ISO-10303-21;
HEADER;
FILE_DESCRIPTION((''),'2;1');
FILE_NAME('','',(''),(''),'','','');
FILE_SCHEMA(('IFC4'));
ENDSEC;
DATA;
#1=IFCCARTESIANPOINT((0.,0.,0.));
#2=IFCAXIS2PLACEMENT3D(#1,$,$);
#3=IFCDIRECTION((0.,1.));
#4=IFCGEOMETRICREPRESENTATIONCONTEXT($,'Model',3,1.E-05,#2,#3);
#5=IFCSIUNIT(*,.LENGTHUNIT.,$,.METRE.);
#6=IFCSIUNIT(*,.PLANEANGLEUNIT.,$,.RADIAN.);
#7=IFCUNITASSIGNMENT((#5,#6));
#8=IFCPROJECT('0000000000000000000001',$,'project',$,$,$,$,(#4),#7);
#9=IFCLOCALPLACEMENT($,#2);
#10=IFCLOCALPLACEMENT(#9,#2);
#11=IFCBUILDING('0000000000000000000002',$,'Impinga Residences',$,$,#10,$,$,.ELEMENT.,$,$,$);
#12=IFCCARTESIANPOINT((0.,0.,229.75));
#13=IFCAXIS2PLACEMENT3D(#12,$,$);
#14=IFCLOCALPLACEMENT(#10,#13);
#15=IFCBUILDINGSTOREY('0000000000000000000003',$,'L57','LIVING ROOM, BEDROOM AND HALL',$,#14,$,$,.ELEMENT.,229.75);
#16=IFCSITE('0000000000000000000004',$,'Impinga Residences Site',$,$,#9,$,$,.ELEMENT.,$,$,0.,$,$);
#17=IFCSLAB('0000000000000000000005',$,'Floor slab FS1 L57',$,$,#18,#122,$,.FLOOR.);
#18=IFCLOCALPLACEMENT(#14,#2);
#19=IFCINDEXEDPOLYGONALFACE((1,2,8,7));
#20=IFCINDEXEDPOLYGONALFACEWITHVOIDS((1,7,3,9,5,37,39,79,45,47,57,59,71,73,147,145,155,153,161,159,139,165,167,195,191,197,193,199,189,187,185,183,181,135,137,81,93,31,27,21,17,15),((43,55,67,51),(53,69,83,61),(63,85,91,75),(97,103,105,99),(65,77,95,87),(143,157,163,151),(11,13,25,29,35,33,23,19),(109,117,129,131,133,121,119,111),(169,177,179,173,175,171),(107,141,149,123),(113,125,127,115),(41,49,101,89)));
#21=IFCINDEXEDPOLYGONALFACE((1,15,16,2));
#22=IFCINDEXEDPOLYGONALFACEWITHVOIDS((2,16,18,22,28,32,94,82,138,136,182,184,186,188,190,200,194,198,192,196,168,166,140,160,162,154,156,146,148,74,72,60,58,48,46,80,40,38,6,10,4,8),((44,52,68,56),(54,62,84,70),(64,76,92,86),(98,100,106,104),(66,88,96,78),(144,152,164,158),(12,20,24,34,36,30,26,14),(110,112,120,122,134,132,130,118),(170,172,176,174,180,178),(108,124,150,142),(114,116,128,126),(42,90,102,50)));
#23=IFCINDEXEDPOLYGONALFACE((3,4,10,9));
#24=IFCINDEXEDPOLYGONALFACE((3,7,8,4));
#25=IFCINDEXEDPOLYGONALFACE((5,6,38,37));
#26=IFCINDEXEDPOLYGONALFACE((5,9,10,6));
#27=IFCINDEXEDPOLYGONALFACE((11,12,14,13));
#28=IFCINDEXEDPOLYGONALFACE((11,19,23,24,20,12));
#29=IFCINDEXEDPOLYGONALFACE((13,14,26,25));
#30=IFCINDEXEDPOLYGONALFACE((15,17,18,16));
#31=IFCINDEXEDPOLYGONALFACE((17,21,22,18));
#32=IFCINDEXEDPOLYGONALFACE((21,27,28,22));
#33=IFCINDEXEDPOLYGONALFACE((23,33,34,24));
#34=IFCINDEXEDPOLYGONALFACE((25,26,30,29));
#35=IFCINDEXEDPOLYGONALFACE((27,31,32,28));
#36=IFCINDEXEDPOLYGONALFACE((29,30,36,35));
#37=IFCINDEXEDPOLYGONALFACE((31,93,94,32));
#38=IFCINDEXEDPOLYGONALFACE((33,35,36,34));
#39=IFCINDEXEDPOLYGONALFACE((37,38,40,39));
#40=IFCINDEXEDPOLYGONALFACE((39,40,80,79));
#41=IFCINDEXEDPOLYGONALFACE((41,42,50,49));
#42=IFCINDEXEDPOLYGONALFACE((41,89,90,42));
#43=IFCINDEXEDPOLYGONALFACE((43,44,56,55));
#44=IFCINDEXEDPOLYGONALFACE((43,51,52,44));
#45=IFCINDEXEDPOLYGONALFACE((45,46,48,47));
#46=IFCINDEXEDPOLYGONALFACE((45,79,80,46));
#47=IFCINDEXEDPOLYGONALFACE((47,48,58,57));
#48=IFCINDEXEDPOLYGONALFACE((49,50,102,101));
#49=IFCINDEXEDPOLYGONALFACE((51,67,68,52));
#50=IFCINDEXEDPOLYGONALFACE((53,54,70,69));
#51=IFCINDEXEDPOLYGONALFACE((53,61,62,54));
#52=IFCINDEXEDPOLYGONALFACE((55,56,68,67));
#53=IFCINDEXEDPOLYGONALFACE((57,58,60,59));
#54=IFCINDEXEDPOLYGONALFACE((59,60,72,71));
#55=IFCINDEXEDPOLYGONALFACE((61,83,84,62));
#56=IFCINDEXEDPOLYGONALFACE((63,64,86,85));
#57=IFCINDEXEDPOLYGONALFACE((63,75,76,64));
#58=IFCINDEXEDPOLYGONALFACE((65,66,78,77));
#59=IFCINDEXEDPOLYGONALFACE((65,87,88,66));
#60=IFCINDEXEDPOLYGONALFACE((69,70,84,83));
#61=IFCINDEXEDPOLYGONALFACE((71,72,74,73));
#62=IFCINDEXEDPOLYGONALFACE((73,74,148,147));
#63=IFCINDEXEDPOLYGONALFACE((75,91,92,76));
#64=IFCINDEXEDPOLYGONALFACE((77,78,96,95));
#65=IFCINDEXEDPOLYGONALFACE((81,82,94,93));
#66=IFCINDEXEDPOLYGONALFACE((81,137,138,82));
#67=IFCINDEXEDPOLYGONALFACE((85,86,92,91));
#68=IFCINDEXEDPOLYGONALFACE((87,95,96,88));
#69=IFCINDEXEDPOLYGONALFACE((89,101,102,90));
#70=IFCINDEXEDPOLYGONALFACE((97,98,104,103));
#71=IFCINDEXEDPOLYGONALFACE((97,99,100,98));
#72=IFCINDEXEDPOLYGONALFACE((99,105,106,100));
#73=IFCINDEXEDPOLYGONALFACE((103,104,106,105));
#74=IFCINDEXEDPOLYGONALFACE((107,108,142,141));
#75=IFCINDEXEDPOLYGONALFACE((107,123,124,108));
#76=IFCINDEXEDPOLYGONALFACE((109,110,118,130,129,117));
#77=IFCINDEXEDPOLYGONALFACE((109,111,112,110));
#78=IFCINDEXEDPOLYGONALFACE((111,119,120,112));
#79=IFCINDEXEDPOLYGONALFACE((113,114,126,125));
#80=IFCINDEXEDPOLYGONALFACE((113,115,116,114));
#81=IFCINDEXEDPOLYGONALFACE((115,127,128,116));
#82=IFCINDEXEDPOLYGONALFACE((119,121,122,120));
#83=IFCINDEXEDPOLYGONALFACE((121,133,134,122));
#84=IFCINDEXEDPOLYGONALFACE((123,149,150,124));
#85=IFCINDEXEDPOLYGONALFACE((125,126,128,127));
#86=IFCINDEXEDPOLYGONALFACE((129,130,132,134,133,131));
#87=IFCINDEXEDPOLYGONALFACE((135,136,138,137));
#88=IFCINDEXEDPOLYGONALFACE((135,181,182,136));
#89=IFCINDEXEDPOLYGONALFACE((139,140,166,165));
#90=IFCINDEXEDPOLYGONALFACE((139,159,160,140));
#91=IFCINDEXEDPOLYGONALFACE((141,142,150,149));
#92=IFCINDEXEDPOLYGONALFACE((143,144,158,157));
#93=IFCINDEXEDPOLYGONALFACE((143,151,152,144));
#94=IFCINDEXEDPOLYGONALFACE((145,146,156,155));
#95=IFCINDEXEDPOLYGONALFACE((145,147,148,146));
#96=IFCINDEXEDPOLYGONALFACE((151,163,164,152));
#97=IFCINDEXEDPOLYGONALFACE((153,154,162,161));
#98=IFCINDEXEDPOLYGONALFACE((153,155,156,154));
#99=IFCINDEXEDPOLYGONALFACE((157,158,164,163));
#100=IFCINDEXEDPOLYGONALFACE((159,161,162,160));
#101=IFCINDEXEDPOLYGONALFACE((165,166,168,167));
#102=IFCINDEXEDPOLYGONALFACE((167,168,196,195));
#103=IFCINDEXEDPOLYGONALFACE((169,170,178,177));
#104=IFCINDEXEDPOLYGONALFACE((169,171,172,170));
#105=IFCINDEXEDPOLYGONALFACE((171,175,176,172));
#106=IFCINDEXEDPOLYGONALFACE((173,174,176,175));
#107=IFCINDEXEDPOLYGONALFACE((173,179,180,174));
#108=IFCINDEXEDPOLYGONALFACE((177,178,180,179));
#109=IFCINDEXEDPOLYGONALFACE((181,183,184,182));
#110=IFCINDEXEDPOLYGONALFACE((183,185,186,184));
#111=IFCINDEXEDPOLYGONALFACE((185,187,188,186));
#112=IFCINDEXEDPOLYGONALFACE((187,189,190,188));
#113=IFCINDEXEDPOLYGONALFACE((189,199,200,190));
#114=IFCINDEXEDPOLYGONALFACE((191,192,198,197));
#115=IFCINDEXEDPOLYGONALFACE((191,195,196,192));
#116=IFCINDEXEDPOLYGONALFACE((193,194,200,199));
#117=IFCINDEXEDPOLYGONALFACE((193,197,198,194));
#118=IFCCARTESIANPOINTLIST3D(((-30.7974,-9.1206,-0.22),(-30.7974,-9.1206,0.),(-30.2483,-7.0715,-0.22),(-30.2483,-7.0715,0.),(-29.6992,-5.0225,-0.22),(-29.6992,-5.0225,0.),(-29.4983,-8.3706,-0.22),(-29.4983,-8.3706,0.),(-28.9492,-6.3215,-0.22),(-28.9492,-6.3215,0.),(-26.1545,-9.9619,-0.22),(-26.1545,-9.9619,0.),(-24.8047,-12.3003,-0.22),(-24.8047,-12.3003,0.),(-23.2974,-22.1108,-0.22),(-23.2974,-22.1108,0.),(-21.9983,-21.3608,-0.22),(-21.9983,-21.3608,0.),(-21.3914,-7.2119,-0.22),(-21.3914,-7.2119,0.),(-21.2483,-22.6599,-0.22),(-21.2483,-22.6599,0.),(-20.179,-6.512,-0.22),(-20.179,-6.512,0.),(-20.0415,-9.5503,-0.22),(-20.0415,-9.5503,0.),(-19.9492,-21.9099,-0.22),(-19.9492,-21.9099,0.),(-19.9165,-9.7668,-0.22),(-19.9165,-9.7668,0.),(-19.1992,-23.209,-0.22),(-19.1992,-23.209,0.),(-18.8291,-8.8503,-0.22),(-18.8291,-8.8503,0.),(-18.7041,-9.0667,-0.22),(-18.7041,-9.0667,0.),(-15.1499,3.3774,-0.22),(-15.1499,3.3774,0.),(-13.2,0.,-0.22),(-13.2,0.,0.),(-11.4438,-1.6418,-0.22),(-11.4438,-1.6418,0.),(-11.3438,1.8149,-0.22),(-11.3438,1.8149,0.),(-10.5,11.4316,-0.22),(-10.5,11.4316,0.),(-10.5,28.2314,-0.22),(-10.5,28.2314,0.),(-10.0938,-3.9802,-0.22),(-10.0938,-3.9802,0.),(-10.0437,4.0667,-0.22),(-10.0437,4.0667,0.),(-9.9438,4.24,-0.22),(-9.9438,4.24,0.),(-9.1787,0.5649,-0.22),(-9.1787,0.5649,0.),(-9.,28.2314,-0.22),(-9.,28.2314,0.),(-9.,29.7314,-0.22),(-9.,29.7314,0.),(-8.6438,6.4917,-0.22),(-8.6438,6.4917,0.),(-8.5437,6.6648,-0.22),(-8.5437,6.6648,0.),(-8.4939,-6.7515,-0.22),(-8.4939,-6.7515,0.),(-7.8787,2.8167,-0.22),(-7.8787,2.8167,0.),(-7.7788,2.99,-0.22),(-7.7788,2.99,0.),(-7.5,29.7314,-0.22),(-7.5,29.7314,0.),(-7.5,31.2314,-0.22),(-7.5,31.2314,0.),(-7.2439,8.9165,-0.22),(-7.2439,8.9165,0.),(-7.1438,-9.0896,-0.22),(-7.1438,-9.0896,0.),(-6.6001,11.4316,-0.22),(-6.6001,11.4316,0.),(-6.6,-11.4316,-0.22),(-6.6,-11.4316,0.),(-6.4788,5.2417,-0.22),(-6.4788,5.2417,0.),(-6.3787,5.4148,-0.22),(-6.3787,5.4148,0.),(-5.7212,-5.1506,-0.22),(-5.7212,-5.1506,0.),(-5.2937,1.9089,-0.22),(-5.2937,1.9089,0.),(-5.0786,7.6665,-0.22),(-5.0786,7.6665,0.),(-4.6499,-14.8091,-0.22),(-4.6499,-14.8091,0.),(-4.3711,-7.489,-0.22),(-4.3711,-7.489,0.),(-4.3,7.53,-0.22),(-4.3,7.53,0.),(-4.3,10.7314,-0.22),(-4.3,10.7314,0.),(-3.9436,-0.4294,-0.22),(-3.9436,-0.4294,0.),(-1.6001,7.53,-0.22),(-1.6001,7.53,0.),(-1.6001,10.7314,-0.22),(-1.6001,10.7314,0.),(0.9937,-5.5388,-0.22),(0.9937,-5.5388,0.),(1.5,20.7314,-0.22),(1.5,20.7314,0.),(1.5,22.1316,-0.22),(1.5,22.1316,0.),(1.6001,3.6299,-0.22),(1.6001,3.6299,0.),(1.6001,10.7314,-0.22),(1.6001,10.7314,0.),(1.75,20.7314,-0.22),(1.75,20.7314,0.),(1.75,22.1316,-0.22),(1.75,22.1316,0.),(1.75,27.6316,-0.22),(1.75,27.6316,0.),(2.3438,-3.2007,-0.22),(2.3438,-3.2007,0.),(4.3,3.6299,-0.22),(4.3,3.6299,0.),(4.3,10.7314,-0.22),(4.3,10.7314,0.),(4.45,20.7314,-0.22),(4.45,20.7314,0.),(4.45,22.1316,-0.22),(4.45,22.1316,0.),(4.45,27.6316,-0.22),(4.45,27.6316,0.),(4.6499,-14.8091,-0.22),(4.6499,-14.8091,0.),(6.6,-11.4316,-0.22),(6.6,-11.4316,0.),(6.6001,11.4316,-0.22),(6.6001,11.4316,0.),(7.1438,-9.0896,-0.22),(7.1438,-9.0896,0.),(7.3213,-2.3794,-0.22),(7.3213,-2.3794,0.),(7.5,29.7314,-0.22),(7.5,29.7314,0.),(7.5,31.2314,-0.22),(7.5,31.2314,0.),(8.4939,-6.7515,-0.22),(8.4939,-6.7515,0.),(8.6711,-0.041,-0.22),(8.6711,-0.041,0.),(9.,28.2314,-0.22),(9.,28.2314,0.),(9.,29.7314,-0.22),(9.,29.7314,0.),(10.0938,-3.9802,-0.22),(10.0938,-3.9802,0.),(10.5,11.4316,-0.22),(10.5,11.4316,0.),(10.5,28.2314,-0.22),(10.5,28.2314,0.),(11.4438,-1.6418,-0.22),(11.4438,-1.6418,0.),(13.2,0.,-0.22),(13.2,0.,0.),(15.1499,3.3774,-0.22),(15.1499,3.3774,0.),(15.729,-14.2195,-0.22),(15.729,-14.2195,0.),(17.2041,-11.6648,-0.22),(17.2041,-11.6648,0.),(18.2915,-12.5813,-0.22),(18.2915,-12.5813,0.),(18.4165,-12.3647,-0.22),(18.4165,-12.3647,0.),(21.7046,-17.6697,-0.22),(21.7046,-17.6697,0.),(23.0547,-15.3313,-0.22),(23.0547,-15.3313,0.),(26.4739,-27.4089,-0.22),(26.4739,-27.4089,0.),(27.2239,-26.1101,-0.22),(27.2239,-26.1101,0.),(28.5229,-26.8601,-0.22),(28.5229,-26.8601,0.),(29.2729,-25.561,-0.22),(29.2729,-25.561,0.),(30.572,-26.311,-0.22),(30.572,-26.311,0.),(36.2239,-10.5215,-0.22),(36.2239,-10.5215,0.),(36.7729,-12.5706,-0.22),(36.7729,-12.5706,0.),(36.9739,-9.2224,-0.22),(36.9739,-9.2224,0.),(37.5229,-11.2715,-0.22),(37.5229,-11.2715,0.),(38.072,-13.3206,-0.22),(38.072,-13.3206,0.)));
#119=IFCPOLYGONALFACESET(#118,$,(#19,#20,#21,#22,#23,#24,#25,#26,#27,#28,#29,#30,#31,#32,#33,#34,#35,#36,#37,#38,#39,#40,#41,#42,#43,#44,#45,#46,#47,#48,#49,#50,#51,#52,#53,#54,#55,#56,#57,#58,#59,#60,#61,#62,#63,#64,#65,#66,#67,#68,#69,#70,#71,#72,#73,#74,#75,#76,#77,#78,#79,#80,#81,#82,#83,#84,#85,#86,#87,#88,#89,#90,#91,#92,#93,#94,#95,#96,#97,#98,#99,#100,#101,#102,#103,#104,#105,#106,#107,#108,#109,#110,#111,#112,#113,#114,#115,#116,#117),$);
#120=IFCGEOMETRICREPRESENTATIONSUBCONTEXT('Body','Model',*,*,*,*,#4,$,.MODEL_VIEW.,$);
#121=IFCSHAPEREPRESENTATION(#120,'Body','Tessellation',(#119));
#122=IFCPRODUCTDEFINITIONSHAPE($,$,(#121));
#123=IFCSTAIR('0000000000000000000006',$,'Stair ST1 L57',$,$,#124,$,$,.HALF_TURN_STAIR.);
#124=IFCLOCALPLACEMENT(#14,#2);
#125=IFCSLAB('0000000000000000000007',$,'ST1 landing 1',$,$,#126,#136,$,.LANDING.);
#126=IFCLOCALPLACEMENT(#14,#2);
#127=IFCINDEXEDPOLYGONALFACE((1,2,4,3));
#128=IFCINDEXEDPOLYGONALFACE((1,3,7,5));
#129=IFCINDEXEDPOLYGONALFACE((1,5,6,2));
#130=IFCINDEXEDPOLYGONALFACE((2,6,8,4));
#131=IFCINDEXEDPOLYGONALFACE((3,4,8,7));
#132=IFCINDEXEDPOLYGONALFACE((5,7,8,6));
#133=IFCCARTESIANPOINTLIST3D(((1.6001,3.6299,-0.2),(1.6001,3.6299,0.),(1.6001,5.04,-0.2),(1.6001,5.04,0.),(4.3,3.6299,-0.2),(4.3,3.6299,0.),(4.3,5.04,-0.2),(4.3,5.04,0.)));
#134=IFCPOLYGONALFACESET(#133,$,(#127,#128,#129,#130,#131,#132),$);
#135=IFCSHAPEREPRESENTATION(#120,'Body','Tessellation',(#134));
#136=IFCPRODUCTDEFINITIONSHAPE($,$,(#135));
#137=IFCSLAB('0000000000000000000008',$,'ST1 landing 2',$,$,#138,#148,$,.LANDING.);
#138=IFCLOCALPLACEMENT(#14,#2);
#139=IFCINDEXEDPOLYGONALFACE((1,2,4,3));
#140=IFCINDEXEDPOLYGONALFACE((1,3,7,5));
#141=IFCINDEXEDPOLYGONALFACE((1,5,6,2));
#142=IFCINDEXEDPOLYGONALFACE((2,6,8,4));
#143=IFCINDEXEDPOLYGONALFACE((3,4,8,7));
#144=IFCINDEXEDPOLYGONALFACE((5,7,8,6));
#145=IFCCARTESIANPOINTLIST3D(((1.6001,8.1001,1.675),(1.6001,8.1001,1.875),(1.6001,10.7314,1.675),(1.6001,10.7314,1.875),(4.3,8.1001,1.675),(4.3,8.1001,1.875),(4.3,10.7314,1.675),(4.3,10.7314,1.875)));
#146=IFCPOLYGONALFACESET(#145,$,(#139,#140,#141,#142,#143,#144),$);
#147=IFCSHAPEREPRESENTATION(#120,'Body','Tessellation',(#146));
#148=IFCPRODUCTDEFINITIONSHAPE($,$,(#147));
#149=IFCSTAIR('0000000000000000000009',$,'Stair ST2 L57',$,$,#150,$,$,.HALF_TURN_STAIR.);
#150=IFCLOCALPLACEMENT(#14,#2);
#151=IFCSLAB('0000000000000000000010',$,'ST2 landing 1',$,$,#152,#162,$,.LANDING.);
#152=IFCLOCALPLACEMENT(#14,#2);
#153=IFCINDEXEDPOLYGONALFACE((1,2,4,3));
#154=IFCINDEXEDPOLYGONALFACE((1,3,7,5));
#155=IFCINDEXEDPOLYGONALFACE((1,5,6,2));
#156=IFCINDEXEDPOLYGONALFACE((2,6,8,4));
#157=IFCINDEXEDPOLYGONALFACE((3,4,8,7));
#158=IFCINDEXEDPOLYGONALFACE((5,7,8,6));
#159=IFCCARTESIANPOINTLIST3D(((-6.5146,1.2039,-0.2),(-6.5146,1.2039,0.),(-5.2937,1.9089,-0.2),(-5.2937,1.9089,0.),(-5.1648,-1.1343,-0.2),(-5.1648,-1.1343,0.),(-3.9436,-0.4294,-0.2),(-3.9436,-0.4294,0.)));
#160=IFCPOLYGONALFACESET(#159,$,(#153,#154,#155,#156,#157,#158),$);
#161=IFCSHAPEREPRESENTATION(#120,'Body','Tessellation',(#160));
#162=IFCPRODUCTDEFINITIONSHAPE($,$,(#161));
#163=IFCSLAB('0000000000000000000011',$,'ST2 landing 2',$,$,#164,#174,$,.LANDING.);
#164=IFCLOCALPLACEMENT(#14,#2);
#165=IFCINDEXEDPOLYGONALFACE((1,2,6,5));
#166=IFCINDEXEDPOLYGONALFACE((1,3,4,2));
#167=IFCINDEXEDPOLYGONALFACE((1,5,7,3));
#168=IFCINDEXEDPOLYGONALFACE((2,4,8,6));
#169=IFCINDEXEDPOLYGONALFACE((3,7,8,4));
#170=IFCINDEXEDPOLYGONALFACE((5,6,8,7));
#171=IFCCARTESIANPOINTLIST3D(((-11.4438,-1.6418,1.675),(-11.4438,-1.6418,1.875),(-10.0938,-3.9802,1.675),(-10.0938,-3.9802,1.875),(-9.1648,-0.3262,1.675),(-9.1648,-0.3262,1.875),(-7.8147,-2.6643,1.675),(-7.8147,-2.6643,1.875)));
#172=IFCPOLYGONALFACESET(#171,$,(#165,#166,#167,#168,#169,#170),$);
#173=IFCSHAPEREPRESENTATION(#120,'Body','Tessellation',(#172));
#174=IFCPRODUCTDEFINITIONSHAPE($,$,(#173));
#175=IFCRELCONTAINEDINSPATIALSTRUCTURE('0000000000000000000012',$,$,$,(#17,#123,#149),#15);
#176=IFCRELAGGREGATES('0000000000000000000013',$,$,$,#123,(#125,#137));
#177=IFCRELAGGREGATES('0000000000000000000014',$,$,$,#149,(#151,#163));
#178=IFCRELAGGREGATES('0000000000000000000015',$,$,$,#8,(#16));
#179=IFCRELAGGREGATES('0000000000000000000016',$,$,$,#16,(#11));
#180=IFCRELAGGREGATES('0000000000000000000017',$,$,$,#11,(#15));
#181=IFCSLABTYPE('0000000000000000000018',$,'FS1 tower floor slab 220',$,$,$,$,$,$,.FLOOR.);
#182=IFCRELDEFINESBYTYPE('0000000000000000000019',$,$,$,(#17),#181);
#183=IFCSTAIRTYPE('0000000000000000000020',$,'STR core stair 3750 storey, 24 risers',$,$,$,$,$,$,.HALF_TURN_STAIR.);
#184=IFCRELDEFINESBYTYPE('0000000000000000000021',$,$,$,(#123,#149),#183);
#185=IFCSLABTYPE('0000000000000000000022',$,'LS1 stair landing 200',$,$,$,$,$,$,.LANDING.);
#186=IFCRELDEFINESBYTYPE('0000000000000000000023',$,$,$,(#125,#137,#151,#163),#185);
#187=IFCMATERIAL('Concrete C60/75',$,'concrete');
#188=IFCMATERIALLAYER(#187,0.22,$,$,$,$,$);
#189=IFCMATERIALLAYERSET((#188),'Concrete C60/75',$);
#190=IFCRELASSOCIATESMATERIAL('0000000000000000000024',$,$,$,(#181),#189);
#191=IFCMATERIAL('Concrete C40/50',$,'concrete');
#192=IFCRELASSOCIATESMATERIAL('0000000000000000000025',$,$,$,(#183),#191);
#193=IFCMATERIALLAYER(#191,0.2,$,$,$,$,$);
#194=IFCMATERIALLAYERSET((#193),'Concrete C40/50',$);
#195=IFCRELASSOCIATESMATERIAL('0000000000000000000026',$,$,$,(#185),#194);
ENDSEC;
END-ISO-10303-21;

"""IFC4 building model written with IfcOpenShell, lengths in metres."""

from ifc_helpers import new_model, si_unit, direction, frame, origin, place, context, subcontext, project, spatial, polyline, outline, extrude, material, layer, layer_set, type_object, element, aggregate, save


model = new_model("IFC4")

# Units and contexts
model_context = context("Model", 3, precision=1e-05, world=origin(), true_north=direction((0.0, 1.0)))
body_context = subcontext(model_context, "Body", "Model", "MODEL_VIEW")
ifc_project = project(units=[si_unit("LENGTHUNIT", "METRE"), si_unit("PLANEANGLEUNIT", "RADIAN")], contexts=[model_context])

# Site, building, storey
site_placement = place(None, origin())
site = spatial("IfcSite", under=ifc_project, at=site_placement, Name="Impinga Residences Site", CompositionType="ELEMENT", RefElevation=0.0)
building_placement = place(site_placement, origin())
building = spatial("IfcBuilding", under=site, at=building_placement, Name="Impinga Residences", CompositionType="ELEMENT")
storey_placement = place(building_placement, frame((0.0, 0.0, 229.75)))
storey = spatial("IfcBuildingStorey", under=building, at=storey_placement, Name="L57", Description="LIVING ROOM, BEDROOM AND HALL", CompositionType="ELEMENT", Elevation=229.75)

# Slab
ifc_material_1 = material(Name="Concrete C60/75", Category="concrete")
ifc_layer_1 = layer(ifc_material_1, 0.22)
ifc_layer_set_1 = layer_set([ifc_layer_1], Name="Concrete C60/75")
slab_type_1 = type_object("IfcSlabType", Name="FS1 tower floor slab 220", PredefinedType="FLOOR", material=ifc_layer_set_1)
slab_1_placement = place(storey_placement, frame((0.0, 0.0, -0.22)))
element("IfcSlab", 1, at=slab_1_placement, inside=storey, type_object=slab_type_1, Name="Floor slab FS1 L57", PredefinedType="FLOOR", context=body_context, shape_type="SweptSolid", body=[
    extrude(outline(polyline([(36.2239, -10.5215), (37.5229, -11.2715), (36.7729, -12.5706), (38.072, -13.3206), (30.572, -26.311), (29.2729, -25.561), (28.5229, -26.8601), (27.2239, -26.1101), (26.4739, -27.4089), (4.6499, -14.8091), (9.9001, -5.7158), (6.6001, -11.4316), (-6.6001, -11.4316), (-9.9001, -5.7158), (-4.6499, -14.8091), (-19.1992, -23.209), (-19.9492, -21.9099), (-21.2483, -22.6599), (-21.9983, -21.3608), (-23.2974, -22.1108), (-30.7974, -9.1206), (-29.4983, -8.3706), (-30.2483, -7.0715), (-28.9492, -6.3215), (-29.6992, -5.0225), (-15.1499, 3.3774), (-13.2, 0.0), (-6.6001, 11.4316), (-10.5, 11.4316), (-10.5, 28.2314), (-9.0, 28.2314), (-9.0, 29.7314), (-7.5, 29.7314), (-7.5, 31.2314), (7.5, 31.2314), (7.5, 29.7314), (9.0, 29.7314), (9.0, 28.2314), (10.5, 28.2314), (10.5, 11.4316), (6.6001, 11.4316), (13.2, 0.0), (15.1499, 3.3774), (36.9739, -9.2224), (36.2239, -10.5215)]), holes=[polyline([(-18.7041, -9.0667), (-18.8291, -8.8503), (-18.8291, -8.8503), (-20.179, -6.512), (-21.3914, -7.2119), (-21.3914, -7.2119), (-26.1545, -9.9619), (-24.8047, -12.3003), (-20.0415, -9.5503), (-19.9165, -9.7668), (-18.7041, -9.0667)]), polyline([(-5.7212, -5.1506), (-8.4939, -6.7515), (-7.1438, -9.0896), (-4.3711, -7.489), (-5.7212, -5.1506)]), polyline([(-5.2937, 1.9089), (-11.4438, -1.6418), (-10.0938, -3.9802), (-3.9436, -0.4294), (-5.2937, 1.9089)]), polyline([(-7.8787, 2.8167), (-10.0437, 4.0667), (-11.3438, 1.8149), (-9.1787, 0.5649), (-7.8787, 2.8167)]), polyline([(-6.4788, 5.2417), (-8.6438, 6.4917), (-9.9438, 4.24), (-7.7788, 2.99), (-6.4788, 5.2417)]), polyline([(-6.3787, 5.4148), (-5.0786, 7.6665), (-7.2439, 8.9165), (-8.5437, 6.6648), (-6.3787, 5.4148)]), polyline([(-4.3, 7.53), (-1.6001, 7.53), (-1.6001, 10.7314), (-4.3, 10.7314), (-4.3, 7.53)]), polyline([(15.729, -14.2195), (21.7046, -17.6697), (23.0547, -15.3313), (18.2915, -12.5813), (18.4165, -12.3647), (17.2041, -11.6648), (15.729, -14.2195)]), polyline([(0.9937, -5.5388), (7.1438, -9.0896), (8.4939, -6.7515), (2.3438, -3.2007), (0.9937, -5.5388)]), polyline([(7.3213, -2.3794), (10.0938, -3.9802), (11.4438, -1.6418), (8.6711, -0.041), (7.3213, -2.3794)]), polyline([(4.3, 3.6299), (4.3, 10.7314), (1.6001, 10.7314), (1.6001, 3.6299), (4.3, 3.6299)]), polyline([(1.75, 22.1316), (1.5, 22.1316), (1.5, 20.7314), (1.75, 20.7314), (4.45, 20.7314), (4.45, 22.1316), (4.45, 27.6316), (1.75, 27.6316), (1.75, 22.1316)])]), origin(), (0.0, 0.0, 1.0), 0.22),
])

# Stairs, slabs
ifc_material_2 = material(Name="Concrete C40/50", Category="concrete")
stair_type_1 = type_object("IfcStairType", Name="STR core stair 3750 storey, 24 risers", PredefinedType="HALF_TURN_STAIR", material=ifc_material_2)
stair_1_placement = place(storey_placement, origin())
stair_1 = element("IfcStair", 2, at=stair_1_placement, inside=storey, type_object=stair_type_1, Name="Stair ST1 L57", PredefinedType="HALF_TURN_STAIR")
ifc_layer_2 = layer(ifc_material_2, 0.2)
ifc_layer_set_2 = layer_set([ifc_layer_2], Name="Concrete C40/50")
slab_type_2 = type_object("IfcSlabType", Name="LS1 stair landing 200", PredefinedType="LANDING", material=ifc_layer_set_2)
slab_2_placement = place(storey_placement, frame((0.0, 0.0, -0.2)))
slab_2 = element("IfcSlab", 3, at=slab_2_placement, type_object=slab_type_2, Name="ST1 landing 1", PredefinedType="LANDING", context=body_context, shape_type="SweptSolid", body=[
    extrude(outline(polyline([(1.6001, 3.6299), (4.3, 3.6299), (4.3, 5.04), (1.6001, 5.04), (1.6001, 3.6299)])), origin(), (0.0, 0.0, 1.0), 0.2),
])
slab_3_placement = place(storey_placement, frame((0.0, 0.0, 1.675)))
slab_3 = element("IfcSlab", 4, at=slab_3_placement, type_object=slab_type_2, Name="ST1 landing 2", PredefinedType="LANDING", context=body_context, shape_type="SweptSolid", body=[
    extrude(outline(polyline([(1.6001, 8.1001), (4.3, 8.1001), (4.3, 10.7314), (1.6001, 10.7314), (1.6001, 8.1001)])), origin(), (0.0, 0.0, 1.0), 0.2),
])
aggregate(stair_1, [slab_2, slab_3])
stair_2_placement = place(storey_placement, origin())
stair_2 = element("IfcStair", 5, at=stair_2_placement, inside=storey, type_object=stair_type_1, Name="Stair ST2 L57", PredefinedType="HALF_TURN_STAIR")
slab_4_placement = place(storey_placement, frame((0.0, 0.0, -0.2)))
slab_4 = element("IfcSlab", 6, at=slab_4_placement, type_object=slab_type_2, Name="ST2 landing 1", PredefinedType="LANDING", context=body_context, shape_type="SweptSolid", body=[
    extrude(outline(polyline([(-3.9436, -0.4294), (-5.2937, 1.9089), (-6.5146, 1.2039), (-5.1648, -1.1343), (-3.9436, -0.4294)])), origin(), (0.0, 0.0, 1.0), 0.2),
])
slab_5_placement = place(storey_placement, frame((0.0, 0.0, 1.675)))
slab_5 = element("IfcSlab", 7, at=slab_5_placement, type_object=slab_type_2, Name="ST2 landing 2", PredefinedType="LANDING", context=body_context, shape_type="SweptSolid", body=[
    extrude(outline(polyline([(-7.8147, -2.6643), (-9.1648, -0.3262), (-11.4438, -1.6418), (-10.0938, -3.9802), (-7.8147, -2.6643)])), origin(), (0.0, 0.0, 1.0), 0.2),
])
aggregate(stair_2, [slab_4, slab_5])

save(model, "model.ifc")
